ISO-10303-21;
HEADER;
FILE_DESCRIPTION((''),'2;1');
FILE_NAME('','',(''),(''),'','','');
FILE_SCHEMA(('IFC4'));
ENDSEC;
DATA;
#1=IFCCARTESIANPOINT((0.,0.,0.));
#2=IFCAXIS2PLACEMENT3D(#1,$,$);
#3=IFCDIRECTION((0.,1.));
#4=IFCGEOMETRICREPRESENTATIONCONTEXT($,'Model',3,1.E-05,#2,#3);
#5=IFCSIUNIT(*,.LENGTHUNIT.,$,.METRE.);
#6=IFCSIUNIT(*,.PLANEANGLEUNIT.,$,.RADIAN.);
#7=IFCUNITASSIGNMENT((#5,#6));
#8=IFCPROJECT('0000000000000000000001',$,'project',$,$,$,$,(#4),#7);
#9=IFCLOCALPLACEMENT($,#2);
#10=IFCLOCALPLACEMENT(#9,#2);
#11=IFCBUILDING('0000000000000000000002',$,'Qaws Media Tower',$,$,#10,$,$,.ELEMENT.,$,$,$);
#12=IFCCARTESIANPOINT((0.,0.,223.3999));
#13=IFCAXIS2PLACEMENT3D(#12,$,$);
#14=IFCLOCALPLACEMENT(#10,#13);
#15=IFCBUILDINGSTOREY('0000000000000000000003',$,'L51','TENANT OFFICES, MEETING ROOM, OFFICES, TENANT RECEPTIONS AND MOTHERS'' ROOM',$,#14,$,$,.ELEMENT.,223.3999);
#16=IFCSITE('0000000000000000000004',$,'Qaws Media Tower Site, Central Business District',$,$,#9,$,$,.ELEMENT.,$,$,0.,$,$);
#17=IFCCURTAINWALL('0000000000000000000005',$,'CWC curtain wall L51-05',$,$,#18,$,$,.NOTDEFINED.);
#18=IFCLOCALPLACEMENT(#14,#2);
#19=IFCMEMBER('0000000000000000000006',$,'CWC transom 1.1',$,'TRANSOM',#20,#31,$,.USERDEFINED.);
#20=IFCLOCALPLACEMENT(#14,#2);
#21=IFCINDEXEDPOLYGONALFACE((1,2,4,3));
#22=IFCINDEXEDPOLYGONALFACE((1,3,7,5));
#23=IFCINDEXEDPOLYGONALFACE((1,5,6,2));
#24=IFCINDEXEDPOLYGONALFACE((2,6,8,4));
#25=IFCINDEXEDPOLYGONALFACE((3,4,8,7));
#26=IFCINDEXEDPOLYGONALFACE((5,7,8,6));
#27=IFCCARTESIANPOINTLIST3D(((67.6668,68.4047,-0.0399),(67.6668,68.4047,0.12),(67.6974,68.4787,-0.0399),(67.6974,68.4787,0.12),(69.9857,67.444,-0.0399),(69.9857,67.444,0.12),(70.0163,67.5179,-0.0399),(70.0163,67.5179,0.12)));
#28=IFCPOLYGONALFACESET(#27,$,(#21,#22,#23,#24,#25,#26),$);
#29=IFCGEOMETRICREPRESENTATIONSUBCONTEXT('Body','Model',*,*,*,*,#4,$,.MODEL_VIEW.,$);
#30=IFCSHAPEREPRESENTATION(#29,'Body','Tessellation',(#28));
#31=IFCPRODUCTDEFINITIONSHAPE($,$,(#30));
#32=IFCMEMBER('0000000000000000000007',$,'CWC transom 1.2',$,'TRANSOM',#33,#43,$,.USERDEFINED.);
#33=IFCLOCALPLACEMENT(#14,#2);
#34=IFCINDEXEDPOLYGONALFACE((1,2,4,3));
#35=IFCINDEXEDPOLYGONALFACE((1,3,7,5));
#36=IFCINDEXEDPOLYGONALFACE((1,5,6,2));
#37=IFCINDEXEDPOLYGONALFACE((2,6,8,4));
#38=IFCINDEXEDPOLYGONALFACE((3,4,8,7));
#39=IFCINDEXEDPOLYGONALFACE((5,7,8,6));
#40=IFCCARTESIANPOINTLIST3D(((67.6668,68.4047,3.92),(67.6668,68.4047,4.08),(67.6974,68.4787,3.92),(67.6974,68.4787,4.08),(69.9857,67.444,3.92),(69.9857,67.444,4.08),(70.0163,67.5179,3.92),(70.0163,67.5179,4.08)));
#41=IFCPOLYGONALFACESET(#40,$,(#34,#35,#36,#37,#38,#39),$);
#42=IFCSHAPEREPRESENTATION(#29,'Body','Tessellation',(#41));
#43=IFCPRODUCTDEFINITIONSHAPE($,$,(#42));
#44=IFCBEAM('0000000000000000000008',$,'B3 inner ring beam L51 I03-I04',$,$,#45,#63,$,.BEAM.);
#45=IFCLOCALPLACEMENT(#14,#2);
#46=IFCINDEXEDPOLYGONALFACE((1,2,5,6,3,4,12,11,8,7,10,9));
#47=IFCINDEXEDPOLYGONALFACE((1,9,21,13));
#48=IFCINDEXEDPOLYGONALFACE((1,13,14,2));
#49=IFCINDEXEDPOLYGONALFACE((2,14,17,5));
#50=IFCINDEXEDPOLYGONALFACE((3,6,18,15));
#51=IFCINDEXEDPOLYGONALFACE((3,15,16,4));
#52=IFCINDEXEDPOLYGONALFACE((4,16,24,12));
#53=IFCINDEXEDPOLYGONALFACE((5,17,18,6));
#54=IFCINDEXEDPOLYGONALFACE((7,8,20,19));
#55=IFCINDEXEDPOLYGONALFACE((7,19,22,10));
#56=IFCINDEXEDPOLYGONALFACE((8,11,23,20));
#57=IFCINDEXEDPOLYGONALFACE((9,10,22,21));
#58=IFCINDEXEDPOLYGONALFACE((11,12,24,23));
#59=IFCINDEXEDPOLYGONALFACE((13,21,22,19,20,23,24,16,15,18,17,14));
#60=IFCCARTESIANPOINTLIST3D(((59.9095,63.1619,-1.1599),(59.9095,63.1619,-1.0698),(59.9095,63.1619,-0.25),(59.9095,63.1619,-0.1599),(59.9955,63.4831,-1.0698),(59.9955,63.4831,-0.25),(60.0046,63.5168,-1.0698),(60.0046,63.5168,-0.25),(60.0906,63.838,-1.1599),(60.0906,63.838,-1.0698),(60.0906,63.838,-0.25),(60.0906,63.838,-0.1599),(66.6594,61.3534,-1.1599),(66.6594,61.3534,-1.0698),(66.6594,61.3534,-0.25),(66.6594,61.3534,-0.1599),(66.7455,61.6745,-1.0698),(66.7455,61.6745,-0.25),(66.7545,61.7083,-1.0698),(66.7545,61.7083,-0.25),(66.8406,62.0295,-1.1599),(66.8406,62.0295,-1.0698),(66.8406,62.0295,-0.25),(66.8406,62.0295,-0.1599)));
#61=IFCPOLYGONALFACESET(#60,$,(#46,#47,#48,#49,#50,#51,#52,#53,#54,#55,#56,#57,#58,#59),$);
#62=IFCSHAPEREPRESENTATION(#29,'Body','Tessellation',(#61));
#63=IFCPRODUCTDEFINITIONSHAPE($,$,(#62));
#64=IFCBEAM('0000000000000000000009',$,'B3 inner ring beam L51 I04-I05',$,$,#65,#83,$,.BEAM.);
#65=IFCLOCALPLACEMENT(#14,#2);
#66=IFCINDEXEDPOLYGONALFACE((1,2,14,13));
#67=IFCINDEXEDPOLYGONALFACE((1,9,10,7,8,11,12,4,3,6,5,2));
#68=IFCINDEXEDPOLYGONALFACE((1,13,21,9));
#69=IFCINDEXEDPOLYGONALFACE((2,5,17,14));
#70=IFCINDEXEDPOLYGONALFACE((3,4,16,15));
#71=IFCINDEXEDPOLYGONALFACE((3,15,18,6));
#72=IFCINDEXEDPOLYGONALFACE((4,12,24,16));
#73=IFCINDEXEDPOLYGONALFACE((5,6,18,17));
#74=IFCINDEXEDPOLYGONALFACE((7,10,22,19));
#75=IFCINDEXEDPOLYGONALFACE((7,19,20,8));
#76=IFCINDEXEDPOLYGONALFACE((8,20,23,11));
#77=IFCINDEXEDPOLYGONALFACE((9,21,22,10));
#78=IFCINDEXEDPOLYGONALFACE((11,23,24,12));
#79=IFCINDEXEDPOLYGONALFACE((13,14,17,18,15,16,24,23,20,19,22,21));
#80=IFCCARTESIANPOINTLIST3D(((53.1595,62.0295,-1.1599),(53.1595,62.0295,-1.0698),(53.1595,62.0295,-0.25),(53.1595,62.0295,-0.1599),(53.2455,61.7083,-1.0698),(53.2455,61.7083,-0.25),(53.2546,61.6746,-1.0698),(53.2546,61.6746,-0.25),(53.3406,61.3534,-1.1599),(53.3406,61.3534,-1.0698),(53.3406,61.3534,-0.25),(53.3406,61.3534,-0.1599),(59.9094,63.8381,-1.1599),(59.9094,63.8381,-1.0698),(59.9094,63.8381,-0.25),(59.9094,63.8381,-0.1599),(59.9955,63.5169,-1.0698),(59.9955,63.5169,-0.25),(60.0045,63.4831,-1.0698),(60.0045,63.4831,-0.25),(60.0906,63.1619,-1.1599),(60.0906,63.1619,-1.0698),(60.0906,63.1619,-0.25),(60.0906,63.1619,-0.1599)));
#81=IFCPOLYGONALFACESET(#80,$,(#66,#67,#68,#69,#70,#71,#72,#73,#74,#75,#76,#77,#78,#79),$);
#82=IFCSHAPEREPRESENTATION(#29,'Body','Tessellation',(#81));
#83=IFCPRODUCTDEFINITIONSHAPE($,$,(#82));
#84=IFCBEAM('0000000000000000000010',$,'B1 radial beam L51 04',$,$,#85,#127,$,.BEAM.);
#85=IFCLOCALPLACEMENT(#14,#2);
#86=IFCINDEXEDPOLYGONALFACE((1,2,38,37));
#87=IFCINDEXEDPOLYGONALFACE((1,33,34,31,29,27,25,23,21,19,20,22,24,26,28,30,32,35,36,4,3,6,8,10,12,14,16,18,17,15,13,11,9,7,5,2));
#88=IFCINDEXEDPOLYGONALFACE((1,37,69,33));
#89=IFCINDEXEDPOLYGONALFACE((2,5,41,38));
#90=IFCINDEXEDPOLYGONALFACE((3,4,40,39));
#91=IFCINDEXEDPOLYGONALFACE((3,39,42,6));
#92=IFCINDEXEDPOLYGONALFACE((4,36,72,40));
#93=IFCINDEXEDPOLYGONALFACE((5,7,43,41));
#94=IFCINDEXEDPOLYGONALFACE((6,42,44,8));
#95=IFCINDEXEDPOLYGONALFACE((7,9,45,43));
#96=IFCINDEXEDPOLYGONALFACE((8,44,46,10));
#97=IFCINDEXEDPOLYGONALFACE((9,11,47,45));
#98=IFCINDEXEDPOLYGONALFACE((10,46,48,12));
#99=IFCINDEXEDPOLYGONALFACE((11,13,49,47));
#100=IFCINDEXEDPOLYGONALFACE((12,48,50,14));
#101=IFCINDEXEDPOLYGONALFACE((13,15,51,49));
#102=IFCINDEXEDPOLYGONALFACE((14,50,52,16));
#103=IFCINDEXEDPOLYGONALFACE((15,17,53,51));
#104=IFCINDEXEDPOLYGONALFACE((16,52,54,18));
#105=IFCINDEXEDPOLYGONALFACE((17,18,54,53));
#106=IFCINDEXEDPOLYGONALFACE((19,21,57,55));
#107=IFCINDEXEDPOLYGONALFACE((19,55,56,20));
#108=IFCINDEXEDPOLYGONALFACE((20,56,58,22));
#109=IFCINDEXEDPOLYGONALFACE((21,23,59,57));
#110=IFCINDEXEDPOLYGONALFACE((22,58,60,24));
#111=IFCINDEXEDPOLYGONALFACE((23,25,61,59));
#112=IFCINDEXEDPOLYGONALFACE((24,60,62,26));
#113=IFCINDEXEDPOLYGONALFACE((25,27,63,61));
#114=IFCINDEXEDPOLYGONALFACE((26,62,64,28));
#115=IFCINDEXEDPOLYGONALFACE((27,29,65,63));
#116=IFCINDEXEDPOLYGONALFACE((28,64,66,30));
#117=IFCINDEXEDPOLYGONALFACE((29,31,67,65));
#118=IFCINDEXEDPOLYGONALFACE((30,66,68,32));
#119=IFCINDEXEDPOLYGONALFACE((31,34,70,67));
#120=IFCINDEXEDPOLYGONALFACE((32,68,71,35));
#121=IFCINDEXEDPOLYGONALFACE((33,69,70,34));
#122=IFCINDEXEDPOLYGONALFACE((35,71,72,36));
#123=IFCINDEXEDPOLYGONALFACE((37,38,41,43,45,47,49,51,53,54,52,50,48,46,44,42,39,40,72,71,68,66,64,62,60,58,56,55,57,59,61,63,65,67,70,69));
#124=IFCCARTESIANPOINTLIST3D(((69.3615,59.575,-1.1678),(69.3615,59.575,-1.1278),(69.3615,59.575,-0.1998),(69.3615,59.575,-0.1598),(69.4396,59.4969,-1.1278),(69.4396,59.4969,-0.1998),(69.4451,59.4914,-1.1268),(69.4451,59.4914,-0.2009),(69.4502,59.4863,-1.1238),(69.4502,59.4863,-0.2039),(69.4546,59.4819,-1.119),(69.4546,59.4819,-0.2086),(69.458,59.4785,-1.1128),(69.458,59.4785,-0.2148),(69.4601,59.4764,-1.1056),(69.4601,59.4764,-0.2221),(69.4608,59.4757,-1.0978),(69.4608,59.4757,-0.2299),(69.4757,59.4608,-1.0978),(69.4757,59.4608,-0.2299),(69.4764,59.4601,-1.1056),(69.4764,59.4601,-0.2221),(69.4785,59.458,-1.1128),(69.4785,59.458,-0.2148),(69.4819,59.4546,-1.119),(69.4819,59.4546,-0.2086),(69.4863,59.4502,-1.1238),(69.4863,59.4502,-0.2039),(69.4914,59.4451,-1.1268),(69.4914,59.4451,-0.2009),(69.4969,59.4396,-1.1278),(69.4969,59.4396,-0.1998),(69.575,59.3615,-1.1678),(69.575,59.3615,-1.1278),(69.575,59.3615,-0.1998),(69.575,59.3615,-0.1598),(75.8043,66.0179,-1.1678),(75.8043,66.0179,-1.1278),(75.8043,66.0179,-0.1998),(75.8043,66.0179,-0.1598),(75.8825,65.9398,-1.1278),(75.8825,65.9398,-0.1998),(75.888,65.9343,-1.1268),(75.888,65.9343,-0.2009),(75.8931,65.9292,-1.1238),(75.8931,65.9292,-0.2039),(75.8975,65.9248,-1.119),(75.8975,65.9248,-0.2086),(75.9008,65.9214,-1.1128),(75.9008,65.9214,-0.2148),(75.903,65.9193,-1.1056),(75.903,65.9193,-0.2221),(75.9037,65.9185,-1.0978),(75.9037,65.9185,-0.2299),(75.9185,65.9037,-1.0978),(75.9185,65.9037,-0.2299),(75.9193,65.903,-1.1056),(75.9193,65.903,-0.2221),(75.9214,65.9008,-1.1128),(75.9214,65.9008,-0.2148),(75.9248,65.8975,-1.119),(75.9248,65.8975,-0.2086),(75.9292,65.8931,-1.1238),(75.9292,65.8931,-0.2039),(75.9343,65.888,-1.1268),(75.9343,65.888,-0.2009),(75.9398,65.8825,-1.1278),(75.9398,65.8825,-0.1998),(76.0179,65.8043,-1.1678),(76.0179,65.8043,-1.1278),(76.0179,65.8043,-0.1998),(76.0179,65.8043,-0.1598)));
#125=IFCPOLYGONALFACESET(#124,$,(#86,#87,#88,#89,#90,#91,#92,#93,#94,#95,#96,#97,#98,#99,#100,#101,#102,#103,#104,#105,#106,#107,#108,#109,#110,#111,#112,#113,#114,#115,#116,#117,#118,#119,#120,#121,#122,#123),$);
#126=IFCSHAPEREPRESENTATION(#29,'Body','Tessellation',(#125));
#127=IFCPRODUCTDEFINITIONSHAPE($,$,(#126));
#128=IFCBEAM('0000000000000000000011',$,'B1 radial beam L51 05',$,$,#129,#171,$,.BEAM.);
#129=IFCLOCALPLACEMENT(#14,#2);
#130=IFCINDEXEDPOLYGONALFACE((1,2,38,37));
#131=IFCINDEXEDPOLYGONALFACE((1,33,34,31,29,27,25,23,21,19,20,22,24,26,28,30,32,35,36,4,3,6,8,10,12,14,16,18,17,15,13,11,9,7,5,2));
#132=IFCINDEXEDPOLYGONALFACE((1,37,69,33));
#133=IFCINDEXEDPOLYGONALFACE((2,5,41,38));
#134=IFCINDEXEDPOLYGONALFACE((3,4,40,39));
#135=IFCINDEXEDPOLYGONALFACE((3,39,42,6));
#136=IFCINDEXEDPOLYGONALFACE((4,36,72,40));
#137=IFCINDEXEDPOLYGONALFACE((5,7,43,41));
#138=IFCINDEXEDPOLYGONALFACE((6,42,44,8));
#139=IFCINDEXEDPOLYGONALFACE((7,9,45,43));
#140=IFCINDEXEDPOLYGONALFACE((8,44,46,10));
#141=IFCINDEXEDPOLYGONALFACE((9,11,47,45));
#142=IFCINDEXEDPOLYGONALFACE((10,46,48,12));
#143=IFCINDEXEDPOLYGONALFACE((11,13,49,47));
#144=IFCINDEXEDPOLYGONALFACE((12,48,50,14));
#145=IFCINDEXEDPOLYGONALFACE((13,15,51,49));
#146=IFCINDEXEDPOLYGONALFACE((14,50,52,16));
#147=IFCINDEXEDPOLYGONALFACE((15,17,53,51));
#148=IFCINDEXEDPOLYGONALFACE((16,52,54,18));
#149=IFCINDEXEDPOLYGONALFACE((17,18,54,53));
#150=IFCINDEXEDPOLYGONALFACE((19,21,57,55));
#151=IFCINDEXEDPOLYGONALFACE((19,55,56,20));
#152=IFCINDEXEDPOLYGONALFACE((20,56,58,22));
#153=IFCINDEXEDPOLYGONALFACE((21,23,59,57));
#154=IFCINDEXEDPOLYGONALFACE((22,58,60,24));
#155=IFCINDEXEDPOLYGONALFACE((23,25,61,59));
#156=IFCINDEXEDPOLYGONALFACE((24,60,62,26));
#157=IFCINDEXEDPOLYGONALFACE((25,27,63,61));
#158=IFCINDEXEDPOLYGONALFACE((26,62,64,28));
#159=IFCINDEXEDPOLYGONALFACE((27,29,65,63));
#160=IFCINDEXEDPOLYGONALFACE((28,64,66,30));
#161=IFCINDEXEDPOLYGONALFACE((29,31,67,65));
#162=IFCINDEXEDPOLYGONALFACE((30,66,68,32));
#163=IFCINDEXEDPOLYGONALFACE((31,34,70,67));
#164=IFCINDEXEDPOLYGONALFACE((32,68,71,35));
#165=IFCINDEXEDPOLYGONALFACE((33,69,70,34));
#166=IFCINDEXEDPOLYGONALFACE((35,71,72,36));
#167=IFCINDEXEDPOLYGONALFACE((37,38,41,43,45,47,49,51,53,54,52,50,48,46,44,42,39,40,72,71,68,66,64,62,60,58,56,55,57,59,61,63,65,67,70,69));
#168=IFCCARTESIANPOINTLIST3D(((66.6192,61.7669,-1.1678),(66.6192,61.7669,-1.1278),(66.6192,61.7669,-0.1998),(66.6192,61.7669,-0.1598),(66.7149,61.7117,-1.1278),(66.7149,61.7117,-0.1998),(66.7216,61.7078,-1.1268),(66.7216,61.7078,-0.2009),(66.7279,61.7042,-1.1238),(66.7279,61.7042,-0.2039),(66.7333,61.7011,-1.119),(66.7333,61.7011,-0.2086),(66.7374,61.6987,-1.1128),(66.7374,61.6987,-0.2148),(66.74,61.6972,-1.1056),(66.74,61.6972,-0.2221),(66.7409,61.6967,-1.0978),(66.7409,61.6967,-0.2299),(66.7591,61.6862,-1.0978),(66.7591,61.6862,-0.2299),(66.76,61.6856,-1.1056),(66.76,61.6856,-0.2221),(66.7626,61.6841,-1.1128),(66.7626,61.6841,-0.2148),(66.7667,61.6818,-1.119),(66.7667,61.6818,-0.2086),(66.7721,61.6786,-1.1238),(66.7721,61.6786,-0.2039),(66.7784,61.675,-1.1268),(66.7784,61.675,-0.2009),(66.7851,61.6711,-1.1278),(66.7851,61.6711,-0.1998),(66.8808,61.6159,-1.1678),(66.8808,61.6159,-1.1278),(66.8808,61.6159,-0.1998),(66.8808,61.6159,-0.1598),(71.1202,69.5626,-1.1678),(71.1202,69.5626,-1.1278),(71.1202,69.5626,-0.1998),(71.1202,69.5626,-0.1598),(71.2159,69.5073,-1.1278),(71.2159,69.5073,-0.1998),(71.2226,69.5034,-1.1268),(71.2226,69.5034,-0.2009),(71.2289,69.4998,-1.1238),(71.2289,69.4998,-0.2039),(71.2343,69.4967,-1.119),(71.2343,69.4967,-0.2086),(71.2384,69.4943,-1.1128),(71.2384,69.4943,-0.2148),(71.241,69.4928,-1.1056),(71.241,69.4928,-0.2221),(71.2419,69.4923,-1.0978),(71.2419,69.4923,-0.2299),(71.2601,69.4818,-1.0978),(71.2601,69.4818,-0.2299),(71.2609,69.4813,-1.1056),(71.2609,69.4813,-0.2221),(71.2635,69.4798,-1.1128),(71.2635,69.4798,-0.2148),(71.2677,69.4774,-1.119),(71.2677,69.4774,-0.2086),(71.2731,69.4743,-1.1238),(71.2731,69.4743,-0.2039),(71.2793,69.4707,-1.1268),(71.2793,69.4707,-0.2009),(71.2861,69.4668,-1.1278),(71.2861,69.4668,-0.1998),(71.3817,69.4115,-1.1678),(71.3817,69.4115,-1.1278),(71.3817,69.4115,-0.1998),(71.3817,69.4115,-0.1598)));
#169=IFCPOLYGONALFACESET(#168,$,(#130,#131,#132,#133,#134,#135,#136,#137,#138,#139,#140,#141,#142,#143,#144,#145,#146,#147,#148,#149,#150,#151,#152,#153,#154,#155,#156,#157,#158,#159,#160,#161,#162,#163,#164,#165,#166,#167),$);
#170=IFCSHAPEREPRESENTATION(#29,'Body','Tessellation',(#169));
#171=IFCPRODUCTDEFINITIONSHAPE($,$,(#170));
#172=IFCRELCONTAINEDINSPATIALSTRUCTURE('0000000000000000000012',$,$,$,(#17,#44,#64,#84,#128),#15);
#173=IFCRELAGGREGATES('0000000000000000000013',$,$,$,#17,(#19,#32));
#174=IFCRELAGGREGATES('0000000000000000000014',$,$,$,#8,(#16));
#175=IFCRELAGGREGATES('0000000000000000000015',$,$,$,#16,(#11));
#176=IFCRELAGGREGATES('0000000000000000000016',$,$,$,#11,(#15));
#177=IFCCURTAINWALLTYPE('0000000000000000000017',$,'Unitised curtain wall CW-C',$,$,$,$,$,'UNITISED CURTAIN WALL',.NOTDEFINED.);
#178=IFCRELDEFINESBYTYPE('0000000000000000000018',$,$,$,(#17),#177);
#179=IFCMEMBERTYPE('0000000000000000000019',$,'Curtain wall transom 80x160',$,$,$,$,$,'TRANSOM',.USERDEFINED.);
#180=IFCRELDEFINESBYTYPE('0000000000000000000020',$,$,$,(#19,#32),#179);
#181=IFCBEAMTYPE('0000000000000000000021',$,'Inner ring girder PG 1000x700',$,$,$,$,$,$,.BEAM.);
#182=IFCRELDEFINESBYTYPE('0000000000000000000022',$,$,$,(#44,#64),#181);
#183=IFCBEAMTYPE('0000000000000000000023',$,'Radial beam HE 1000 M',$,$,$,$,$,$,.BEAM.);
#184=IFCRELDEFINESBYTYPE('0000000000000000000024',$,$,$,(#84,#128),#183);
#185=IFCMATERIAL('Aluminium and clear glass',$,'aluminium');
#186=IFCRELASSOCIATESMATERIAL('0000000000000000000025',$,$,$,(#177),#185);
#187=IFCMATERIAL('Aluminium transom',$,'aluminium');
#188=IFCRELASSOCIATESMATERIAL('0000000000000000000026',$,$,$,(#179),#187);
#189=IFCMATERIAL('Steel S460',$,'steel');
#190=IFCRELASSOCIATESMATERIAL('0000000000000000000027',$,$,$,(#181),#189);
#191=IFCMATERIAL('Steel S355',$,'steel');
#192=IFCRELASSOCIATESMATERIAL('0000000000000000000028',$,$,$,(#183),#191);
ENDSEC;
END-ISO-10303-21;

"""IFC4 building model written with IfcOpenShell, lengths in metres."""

from ifc_helpers import new_model, si_unit, direction, frame, origin, origin_2d, place, context, subcontext, project, spatial, rectangle, i_section, extrude, material, material_profile, profile_set, type_object, element, aggregate, save


model = new_model("IFC4")

# Units and contexts
model_context = context("Model", 3, precision=1e-05, world=origin(), true_north=direction((0.0, 1.0)))
body_context = subcontext(model_context, "Body", "Model", "MODEL_VIEW")
ifc_project = project(units=[si_unit("LENGTHUNIT", "METRE"), si_unit("PLANEANGLEUNIT", "RADIAN")], contexts=[model_context])

# Site, building, storey
site_placement = place(None, origin())
site = spatial("IfcSite", under=ifc_project, at=site_placement, Name="Qaws Media Tower Site, Central Business District", CompositionType="ELEMENT", RefElevation=0.0)
building_placement = place(site_placement, origin())
building = spatial("IfcBuilding", under=site, at=building_placement, Name="Qaws Media Tower", CompositionType="ELEMENT")
storey_placement = place(building_placement, frame((0.0, 0.0, 223.3999)))
storey = spatial("IfcBuildingStorey", under=building, at=storey_placement, Name="L51", Description="TENANT OFFICES, MEETING ROOM, OFFICES, TENANT RECEPTIONS AND MOTHERS' ROOM", CompositionType="ELEMENT", Elevation=223.3999)

# Shared definitions
ifc_material_1 = material(Name="Aluminium and clear glass", Category="aluminium")
curtain_wall_type = type_object("IfcCurtainWallType", Name="Unitised curtain wall CW-C", ElementType="UNITISED CURTAIN WALL", PredefinedType="NOTDEFINED", material=ifc_material_1)

# Curtain wall, members
curtain_wall_1_placement = place(storey_placement, origin())
curtain_wall_1 = element("IfcCurtainWall", 1, at=curtain_wall_1_placement, inside=storey, type_object=curtain_wall_type, Name="CWC curtain wall L51-05", PredefinedType="NOTDEFINED")
ifc_material_2 = material(Name="Aluminium transom", Category="aluminium")
ifc_material_profile_1 = material_profile(ifc_material_2, rectangle(XDim=0.0801, YDim=0.1599, at=origin_2d()), Name="80x160")
ifc_profile_set_1 = profile_set([ifc_material_profile_1], Name="Aluminium transom")
member_type_1 = type_object("IfcMemberType", Name="Curtain wall transom 80x160", ElementType="TRANSOM", PredefinedType="USERDEFINED", material=ifc_profile_set_1)
member_1_placement = place(storey_placement, frame((70.001, 67.481, 0.04), z_axis=(-0.923852, 0.38275, 0.0), x_axis=(-0.38275, -0.923852, 0.0)))
member_1 = element("IfcMember", 2, at=member_1_placement, type_object=member_type_1, Name="CWC transom 1.1", ObjectType="TRANSOM", PredefinedType="USERDEFINED", context=body_context, shape_type="SweptSolid", body=[
    extrude(rectangle(XDim=0.0801, YDim=0.1599, at=origin_2d()), origin(), (0.0, 0.0, 1.0), 2.51),
])
member_2_placement = place(storey_placement, frame((70.001, 67.481, 4.0), z_axis=(-0.923852, 0.38275, 0.0), x_axis=(-0.38275, -0.923852, 0.0)))
member_2 = element("IfcMember", 3, at=member_2_placement, type_object=member_type_1, Name="CWC transom 1.2", ObjectType="TRANSOM", PredefinedType="USERDEFINED", context=body_context, shape_type="SweptSolid", body=[
    extrude(rectangle(XDim=0.0801, YDim=0.1599, at=origin_2d()), origin(), (0.0, 0.0, 1.0), 2.51),
])
aggregate(curtain_wall_1, [member_1, member_2])

# Beams
ifc_material_3 = material(Name="Steel S460", Category="steel")
ifc_material_profile_2 = material_profile(ifc_material_3, i_section(OverallWidth=0.7, OverallDepth=1.0, WebThickness=0.0349, FlangeThickness=0.0901, at=origin_2d()), Name="PG 1000x700")
ifc_profile_set_2 = profile_set([ifc_material_profile_2], Name="Steel S460")
beam_type_1 = type_object("IfcBeamType", Name="Inner ring girder PG 1000x700", PredefinedType="BEAM", material=ifc_profile_set_2)
for number, where, z_axis, x_axis, name in (
    (4, (66.75, 61.6914, -0.6599), (-0.965928, 0.258811, 0.0), (-0.258811, -0.965928, 0.0), "B3 inner ring beam L51 I03-I04"),
    (5, (60.0, 63.5, -0.6599), (-0.965928, -0.258811, 0.0), (0.258811, -0.965928, 0.0), "B3 inner ring beam L51 I04-I05"),
):
    element("IfcBeam", number, at=place(storey_placement, frame(where, z_axis=z_axis, x_axis=x_axis)), inside=storey, type_object=beam_type_1, Name=name, PredefinedType="BEAM", context=body_context, shape_type="SweptSolid", body=[
        extrude(i_section(OverallWidth=0.7, OverallDepth=1.0, WebThickness=0.0349, FlangeThickness=0.0901, at=origin_2d()), origin(), (0.0, 0.0, 1.0), 6.988),
    ])
ifc_material_4 = material(Name="Steel S355", Category="steel")
ifc_material_profile_3 = material_profile(ifc_material_4, i_section(OverallWidth=0.302, OverallDepth=1.0081, WebThickness=0.021, FlangeThickness=0.04, FilletRadius=0.03, at=origin_2d()), Name="HE 1000 M")
ifc_profile_set_3 = profile_set([ifc_material_profile_3], Name="Steel S355")
beam_type_2 = type_object("IfcBeamType", Name="Radial beam HE 1000 M", PredefinedType="BEAM", material=ifc_profile_set_3)
beam_1_placement = place(storey_placement, frame((69.4683, 59.4683, -0.6638), z_axis=(0.707107, 0.707107, 0.0), x_axis=(-0.707107, 0.707107, 0.0)))
element("IfcBeam", 6, at=beam_1_placement, inside=storey, type_object=beam_type_2, Name="B1 radial beam L51 04", PredefinedType="BEAM", context=body_context, shape_type="SweptSolid", body=[
    extrude(i_section(OverallWidth=0.302, OverallDepth=1.0081, WebThickness=0.021, FlangeThickness=0.04, FilletRadius=0.03, at=origin_2d()), origin(), (0.0, 0.0, 1.0), 9.1116),
])
beam_2_placement = place(storey_placement, frame((66.75, 61.6914, -0.6638), z_axis=(0.500013, 0.866018, 0.0), x_axis=(-0.866018, 0.500013, 0.0)))
element("IfcBeam", 7, at=beam_2_placement, inside=storey, type_object=beam_type_2, Name="B1 radial beam L51 05", PredefinedType="BEAM", context=body_context, shape_type="SweptSolid", body=[
    extrude(i_section(OverallWidth=0.302, OverallDepth=1.0081, WebThickness=0.021, FlangeThickness=0.04, FilletRadius=0.03, at=origin_2d()), origin(), (0.0, 0.0, 1.0), 9.0017),
])

save(model, "model.ifc")
